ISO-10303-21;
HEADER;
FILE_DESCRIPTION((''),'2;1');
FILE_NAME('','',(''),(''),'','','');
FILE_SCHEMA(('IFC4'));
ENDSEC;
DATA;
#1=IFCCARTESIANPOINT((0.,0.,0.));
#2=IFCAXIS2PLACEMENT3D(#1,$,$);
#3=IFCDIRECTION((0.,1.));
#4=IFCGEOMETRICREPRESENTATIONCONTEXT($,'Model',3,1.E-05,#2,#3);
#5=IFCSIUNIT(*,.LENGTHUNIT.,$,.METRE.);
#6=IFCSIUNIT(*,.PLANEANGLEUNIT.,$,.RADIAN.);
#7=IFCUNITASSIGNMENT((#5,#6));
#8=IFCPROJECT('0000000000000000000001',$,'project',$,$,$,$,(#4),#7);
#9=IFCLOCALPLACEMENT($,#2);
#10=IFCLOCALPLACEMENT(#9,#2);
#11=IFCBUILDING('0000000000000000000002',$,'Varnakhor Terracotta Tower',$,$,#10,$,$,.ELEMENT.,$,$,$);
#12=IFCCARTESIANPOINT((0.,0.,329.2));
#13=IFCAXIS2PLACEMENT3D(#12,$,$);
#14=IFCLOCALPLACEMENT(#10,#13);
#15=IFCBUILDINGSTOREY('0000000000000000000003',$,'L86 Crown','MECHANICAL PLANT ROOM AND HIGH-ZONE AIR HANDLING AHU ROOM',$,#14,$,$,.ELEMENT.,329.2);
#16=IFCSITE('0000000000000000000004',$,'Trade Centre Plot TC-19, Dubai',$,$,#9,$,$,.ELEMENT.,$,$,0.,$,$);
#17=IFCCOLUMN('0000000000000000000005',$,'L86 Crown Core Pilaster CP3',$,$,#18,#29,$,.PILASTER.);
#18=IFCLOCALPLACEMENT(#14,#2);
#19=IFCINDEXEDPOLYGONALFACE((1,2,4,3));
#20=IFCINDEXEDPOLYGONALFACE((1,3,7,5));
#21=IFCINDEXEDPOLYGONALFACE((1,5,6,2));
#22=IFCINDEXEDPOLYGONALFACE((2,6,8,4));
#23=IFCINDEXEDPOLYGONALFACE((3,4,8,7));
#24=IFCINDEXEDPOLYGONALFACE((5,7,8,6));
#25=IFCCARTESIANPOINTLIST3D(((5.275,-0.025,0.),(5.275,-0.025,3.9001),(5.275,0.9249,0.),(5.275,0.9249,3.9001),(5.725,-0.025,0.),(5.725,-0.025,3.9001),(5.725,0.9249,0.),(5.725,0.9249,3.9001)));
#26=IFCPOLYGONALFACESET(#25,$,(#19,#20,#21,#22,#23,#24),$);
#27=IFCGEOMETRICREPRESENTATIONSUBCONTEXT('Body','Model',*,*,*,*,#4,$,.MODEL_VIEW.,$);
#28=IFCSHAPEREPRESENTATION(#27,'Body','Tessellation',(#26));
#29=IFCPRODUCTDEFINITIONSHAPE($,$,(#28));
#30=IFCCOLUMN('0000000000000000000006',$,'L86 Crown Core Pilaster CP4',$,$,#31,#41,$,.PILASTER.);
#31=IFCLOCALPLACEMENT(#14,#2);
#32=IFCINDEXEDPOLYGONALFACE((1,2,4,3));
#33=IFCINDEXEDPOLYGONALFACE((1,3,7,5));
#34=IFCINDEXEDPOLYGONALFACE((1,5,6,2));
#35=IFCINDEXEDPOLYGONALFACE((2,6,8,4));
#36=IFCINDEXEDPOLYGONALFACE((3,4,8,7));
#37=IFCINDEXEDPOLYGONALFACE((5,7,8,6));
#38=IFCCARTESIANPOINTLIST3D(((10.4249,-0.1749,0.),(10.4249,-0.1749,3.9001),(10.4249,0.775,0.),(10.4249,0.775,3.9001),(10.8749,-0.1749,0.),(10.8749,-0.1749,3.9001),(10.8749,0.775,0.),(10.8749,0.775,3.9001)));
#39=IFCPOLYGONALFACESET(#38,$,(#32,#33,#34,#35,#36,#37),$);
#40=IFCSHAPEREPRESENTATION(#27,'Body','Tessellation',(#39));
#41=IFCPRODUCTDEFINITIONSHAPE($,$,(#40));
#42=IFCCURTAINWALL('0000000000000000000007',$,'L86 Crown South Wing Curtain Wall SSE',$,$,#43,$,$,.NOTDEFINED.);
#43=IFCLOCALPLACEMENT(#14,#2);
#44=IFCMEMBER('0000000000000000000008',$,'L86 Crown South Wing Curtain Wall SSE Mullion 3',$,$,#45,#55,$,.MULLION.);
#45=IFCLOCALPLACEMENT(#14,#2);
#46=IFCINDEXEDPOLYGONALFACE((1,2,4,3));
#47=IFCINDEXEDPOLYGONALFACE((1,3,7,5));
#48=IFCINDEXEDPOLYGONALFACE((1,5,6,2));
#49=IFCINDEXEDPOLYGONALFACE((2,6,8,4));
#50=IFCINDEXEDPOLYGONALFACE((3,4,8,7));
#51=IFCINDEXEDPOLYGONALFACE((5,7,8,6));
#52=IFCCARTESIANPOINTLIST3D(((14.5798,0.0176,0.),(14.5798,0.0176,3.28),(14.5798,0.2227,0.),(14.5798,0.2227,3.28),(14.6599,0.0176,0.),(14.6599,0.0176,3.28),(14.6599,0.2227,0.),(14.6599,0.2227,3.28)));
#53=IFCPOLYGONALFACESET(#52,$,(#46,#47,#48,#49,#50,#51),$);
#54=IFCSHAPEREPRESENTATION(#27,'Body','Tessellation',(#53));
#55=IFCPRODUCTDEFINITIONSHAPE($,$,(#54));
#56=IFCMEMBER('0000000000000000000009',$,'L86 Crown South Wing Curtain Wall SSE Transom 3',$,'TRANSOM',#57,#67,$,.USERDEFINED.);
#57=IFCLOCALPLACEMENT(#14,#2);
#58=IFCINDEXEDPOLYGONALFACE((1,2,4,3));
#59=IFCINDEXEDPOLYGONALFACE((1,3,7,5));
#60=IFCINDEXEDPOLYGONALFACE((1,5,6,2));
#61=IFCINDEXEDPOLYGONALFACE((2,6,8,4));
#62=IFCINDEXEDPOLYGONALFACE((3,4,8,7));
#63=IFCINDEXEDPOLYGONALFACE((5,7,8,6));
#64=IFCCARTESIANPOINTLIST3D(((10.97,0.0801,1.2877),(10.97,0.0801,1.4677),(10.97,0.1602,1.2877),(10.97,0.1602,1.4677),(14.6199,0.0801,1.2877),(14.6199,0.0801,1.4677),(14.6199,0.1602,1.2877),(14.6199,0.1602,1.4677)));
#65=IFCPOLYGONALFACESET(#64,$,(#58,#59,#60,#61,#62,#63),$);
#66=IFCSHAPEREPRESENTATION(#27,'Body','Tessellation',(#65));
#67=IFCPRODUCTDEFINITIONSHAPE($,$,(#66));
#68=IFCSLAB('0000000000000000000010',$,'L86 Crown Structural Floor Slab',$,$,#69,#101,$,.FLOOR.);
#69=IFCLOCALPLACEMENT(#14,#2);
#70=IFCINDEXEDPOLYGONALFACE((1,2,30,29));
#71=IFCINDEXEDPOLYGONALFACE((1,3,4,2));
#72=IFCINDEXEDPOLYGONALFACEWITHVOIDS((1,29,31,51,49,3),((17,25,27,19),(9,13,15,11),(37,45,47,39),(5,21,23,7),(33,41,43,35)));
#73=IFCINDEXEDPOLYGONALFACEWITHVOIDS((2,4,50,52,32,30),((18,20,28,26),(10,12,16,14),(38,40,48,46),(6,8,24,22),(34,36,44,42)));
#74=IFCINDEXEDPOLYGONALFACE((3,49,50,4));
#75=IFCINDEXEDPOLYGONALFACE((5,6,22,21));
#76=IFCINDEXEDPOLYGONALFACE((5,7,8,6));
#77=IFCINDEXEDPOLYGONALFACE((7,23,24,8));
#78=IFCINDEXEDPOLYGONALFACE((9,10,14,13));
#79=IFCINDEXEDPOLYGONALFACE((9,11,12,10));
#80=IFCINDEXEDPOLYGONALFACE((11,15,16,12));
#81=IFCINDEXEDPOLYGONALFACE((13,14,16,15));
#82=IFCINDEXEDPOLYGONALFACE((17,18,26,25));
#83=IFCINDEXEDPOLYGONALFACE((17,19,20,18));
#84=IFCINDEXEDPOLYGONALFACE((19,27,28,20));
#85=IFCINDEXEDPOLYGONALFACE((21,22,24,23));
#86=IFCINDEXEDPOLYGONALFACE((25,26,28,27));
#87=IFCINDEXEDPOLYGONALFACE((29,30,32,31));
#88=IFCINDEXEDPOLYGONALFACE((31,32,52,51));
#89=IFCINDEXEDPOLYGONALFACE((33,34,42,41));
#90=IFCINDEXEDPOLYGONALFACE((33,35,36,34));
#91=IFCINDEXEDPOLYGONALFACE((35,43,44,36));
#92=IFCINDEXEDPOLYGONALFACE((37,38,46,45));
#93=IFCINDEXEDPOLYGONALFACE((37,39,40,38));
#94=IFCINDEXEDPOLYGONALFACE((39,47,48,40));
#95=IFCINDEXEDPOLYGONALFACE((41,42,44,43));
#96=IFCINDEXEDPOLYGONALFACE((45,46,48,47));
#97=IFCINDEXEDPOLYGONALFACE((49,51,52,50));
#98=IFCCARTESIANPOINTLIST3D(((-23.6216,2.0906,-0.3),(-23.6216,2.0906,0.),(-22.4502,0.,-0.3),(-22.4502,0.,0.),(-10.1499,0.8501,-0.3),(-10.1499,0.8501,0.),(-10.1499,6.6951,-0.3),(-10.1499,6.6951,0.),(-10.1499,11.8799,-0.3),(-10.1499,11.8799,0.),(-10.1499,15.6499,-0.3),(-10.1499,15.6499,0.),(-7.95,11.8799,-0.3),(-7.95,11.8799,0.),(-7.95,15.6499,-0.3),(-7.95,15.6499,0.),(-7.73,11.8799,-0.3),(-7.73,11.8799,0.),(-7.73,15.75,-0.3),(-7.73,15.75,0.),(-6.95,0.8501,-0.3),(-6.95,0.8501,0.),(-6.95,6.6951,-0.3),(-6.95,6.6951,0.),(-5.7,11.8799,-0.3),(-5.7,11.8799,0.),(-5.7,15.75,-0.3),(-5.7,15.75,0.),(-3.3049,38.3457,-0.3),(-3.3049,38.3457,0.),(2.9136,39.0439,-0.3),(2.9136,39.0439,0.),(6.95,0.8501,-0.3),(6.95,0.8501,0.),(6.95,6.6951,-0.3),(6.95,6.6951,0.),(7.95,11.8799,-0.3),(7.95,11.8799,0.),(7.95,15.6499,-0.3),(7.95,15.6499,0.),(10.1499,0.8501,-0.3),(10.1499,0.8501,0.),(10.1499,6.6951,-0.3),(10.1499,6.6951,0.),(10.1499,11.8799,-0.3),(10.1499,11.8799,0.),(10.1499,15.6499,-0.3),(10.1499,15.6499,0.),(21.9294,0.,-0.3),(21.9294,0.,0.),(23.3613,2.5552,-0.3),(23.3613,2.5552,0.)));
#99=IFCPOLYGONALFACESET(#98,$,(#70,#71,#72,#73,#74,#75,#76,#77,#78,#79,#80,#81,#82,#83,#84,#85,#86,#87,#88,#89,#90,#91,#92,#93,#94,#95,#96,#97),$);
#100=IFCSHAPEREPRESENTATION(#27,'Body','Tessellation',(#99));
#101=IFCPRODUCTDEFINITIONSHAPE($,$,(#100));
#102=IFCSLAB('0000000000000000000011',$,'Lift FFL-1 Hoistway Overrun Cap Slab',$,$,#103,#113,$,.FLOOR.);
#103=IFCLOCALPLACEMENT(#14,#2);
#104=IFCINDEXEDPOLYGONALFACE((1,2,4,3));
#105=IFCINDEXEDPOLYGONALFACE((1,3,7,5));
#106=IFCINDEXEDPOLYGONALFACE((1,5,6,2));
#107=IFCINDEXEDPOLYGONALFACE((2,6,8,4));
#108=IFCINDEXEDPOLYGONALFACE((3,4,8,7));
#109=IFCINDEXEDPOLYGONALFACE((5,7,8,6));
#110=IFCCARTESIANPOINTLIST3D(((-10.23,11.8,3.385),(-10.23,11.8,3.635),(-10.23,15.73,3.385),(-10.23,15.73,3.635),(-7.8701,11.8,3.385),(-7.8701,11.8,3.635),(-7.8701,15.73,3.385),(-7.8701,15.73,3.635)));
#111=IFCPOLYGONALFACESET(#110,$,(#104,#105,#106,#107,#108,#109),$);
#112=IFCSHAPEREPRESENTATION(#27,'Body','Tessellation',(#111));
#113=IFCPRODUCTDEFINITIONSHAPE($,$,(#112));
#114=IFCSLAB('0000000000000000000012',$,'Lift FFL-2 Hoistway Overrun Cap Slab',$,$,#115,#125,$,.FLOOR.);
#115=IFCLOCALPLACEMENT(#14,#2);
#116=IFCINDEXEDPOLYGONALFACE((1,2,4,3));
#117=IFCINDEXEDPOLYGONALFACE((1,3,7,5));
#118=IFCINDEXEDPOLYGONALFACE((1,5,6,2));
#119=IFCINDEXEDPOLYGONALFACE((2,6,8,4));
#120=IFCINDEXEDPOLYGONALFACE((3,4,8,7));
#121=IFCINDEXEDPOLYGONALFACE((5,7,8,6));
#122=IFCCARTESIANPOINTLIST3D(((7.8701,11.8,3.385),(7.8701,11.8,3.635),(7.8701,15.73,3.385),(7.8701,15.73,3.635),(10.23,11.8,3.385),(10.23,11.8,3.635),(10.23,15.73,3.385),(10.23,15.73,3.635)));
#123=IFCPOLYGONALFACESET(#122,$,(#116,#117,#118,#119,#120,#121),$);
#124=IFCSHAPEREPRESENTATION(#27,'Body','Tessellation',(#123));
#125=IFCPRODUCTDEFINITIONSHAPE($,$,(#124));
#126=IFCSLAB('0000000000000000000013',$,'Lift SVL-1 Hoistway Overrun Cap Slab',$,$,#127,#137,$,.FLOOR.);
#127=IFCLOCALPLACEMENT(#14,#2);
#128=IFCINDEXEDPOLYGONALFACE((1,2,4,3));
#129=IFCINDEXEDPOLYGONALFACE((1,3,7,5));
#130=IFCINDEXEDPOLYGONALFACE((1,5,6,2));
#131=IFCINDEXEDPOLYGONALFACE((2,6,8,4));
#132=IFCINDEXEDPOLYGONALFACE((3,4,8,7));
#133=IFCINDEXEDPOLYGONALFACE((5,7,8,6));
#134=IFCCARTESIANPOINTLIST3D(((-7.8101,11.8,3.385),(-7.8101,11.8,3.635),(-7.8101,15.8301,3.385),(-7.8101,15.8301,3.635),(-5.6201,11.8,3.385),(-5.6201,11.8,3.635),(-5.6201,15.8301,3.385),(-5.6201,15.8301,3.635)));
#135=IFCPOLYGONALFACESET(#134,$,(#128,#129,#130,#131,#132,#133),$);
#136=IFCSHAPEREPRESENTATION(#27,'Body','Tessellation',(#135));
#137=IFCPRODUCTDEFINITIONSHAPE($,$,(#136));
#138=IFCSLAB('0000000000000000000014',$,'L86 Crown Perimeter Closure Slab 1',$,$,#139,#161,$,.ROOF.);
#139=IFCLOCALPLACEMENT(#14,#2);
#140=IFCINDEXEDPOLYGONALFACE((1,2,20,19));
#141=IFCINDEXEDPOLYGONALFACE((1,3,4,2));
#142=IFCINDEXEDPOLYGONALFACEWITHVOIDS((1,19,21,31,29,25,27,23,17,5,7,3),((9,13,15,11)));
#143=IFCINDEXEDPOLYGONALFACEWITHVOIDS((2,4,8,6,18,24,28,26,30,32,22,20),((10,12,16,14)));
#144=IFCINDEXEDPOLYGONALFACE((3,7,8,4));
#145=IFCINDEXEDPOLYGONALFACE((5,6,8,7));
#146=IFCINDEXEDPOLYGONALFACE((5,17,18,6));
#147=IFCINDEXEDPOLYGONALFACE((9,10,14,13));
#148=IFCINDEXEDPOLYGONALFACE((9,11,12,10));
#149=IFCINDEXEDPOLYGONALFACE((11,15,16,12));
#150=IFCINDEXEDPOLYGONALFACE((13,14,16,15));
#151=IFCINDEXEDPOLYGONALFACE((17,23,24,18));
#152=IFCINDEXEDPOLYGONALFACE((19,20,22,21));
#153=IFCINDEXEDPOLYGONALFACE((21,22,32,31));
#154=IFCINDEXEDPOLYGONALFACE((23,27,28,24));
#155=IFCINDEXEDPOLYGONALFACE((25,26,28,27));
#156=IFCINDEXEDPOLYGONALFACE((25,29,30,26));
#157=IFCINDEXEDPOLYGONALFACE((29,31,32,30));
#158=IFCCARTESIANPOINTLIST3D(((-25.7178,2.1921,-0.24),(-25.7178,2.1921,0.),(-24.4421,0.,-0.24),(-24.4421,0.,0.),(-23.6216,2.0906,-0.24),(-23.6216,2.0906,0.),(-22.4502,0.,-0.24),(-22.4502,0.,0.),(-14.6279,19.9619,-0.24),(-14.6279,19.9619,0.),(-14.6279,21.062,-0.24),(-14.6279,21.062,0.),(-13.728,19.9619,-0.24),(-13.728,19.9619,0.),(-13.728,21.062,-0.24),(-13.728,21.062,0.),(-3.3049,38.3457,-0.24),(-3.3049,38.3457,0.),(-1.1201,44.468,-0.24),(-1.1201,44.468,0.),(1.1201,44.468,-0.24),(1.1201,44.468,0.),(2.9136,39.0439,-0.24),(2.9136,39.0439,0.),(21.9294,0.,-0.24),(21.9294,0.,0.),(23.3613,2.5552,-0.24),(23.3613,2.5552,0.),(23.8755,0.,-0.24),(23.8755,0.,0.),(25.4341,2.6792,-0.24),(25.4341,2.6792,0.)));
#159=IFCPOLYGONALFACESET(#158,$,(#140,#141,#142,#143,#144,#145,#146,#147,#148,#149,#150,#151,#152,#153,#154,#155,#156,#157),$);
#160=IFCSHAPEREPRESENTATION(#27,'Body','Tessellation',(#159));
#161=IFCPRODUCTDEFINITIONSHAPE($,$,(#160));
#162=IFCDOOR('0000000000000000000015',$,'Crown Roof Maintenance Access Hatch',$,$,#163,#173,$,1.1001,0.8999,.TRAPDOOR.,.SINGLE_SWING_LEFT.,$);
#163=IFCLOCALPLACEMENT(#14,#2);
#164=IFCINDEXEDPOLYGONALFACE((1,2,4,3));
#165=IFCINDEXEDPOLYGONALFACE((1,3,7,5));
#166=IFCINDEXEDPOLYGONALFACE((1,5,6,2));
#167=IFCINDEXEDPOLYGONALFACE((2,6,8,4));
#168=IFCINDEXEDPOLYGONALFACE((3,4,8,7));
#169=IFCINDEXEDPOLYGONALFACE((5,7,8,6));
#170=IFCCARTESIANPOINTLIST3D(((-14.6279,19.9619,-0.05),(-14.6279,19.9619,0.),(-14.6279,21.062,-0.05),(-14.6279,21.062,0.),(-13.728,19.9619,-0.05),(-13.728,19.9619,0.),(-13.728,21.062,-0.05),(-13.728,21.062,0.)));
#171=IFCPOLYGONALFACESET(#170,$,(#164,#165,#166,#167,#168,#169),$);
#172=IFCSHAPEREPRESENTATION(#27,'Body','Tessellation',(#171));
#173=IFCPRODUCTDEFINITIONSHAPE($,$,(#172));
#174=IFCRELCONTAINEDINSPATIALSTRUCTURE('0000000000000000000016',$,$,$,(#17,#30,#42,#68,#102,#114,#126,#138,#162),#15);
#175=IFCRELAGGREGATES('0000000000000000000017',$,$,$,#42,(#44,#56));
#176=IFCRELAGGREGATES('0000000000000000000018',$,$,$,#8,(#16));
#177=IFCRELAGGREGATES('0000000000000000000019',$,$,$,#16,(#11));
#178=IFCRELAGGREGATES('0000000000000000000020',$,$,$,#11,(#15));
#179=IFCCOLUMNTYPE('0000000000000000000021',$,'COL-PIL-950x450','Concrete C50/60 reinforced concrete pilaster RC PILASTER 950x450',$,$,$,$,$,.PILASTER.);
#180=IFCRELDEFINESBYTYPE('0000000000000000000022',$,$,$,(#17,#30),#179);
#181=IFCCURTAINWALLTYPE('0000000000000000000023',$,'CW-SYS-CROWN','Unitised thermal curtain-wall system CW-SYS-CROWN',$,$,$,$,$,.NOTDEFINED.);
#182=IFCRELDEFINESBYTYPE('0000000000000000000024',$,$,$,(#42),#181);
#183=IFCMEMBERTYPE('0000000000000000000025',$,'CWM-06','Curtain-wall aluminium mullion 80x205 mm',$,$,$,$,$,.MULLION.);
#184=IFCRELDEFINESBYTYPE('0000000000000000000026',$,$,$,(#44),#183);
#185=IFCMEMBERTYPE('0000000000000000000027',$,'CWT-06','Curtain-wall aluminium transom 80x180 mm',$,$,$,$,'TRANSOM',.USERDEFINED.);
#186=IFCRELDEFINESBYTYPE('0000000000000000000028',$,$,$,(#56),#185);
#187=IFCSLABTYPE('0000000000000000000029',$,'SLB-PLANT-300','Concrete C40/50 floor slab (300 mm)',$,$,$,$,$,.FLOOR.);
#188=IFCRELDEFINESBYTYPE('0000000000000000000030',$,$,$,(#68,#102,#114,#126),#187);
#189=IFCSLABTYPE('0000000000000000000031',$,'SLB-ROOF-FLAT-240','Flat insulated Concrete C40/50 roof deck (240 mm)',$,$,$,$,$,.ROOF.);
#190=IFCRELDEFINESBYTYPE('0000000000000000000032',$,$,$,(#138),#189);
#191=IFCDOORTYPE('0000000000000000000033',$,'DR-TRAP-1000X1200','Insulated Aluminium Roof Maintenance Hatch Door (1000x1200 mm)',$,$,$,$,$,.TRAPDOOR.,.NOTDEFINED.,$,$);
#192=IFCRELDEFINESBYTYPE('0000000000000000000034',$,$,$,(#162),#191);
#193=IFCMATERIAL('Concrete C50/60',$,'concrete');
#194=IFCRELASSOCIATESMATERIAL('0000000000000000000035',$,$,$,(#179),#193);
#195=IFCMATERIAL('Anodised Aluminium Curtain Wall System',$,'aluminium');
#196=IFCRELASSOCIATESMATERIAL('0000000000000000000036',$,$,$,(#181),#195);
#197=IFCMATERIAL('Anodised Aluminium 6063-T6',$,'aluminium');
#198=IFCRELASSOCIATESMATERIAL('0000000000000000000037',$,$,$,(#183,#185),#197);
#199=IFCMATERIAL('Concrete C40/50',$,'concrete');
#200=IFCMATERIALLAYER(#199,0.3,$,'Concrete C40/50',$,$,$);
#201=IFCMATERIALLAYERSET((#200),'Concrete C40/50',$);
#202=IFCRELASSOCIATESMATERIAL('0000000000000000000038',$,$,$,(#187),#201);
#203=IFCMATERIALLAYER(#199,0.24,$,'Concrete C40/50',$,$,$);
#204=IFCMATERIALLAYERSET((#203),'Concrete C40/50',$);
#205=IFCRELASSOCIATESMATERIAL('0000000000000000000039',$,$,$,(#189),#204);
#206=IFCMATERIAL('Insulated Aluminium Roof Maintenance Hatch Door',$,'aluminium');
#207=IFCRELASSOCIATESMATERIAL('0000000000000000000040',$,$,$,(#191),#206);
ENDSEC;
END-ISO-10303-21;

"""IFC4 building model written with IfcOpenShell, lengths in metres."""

from ifc_helpers import new_model, si_unit, direction, frame, origin, origin_2d, place, context, subcontext, project, spatial, polyline, rectangle, outline, extrude, source, transform, mapped, material, layer, layer_set, material_profile, profile_set, type_object, element, fill, aggregate, save


model = new_model("IFC4")

# Units and contexts
model_context = context("Model", 3, precision=1e-05, world=origin(), true_north=direction((0.0, 1.0)))
body_context = subcontext(model_context, "Body", "Model", "MODEL_VIEW")
ifc_project = project(units=[si_unit("LENGTHUNIT", "METRE"), si_unit("PLANEANGLEUNIT", "RADIAN")], contexts=[model_context])

# Site, building, storey
site_placement = place(None, origin())
site = spatial("IfcSite", under=ifc_project, at=site_placement, Name="Trade Centre Plot TC-19, Dubai", CompositionType="ELEMENT", RefElevation=0.0)
building_placement = place(site_placement, origin())
building = spatial("IfcBuilding", under=site, at=building_placement, Name="Varnakhor Terracotta Tower", CompositionType="ELEMENT")
storey_placement = place(building_placement, frame((0.0, 0.0, 329.2)))
storey = spatial("IfcBuildingStorey", under=building, at=storey_placement, Name="L86 Crown", Description="MECHANICAL PLANT ROOM AND HIGH-ZONE AIR HANDLING AHU ROOM", CompositionType="ELEMENT", Elevation=329.2)

# Columns
ifc_material_1 = material(Name="Concrete C50/60", Category="concrete")
ifc_material_profile_1 = material_profile(ifc_material_1, rectangle(XDim=0.45, YDim=0.95, at=origin_2d()), Name="RC PILASTER 950x450")
ifc_profile_set_1 = profile_set([ifc_material_profile_1], Name="Concrete C50/60")
column_type = type_object("IfcColumnType", Name="COL-PIL-950x450", Description="Concrete C50/60 reinforced concrete pilaster RC PILASTER 950x450", PredefinedType="PILASTER", material=ifc_profile_set_1)
shared_shape_1 = source(origin(), body_context, "Body", "SweptSolid", [
    extrude(rectangle(XDim=0.45, YDim=0.95, at=origin_2d()), origin(), (0.0, 0.0, 1.0), 3.9001),
])
for number, where, z_axis, x_axis, name in (
    (1, (5.5, 0.45, 0.0), (0.0, 0.0, 1.0), (1.0, 0.0, 0.0), "L86 Crown Core Pilaster CP3"),
    (2, (10.6499, 0.3, 0.0), (0.0, 0.0, 1.0), (1.0, 0.0, 0.0), "L86 Crown Core Pilaster CP4"),
):
    element("IfcColumn", number, at=place(storey_placement, frame(where, z_axis=z_axis, x_axis=x_axis)), inside=storey, type_object=column_type, Name=name, PredefinedType="PILASTER", context=body_context, shape_type="MappedRepresentation", body=[
        mapped(shared_shape_1, transform((0.0, 0.0, 0.0), scale=1.0)),
    ])

# Curtain wall, members
ifc_material_2 = material(Name="Anodised Aluminium Curtain Wall System", Category="aluminium")
curtain_wall_type = type_object("IfcCurtainWallType", Name="CW-SYS-CROWN", Description="Unitised thermal curtain-wall system CW-SYS-CROWN", PredefinedType="NOTDEFINED", material=ifc_material_2)
curtain_wall_placement = place(storey_placement, origin())
curtain_wall = element("IfcCurtainWall", 3, at=curtain_wall_placement, inside=storey, type_object=curtain_wall_type, Name="L86 Crown South Wing Curtain Wall SSE", PredefinedType="NOTDEFINED")
ifc_material_3 = material(Name="Anodised Aluminium 6063-T6", Category="aluminium")
ifc_material_profile_2 = material_profile(ifc_material_3, rectangle(XDim=0.0801, YDim=0.2051, at=origin_2d()), Name="ALU MULLION 80x205")
ifc_profile_set_2 = profile_set([ifc_material_profile_2], Name="Anodised Aluminium 6063-T6")
member_type_1 = type_object("IfcMemberType", Name="CWM-06", Description="Curtain-wall aluminium mullion 80x205 mm", PredefinedType="MULLION", material=ifc_profile_set_2)
shared_shape_2 = source(origin(), body_context, "Body", "SweptSolid", [
    extrude(rectangle(XDim=0.0801, YDim=0.2051, at=origin_2d()), origin(), (0.0, 0.0, 1.0), 3.28),
])
member_1_placement = place(storey_placement, frame((14.6199, 0.1201, 0.0), z_axis=(0.0, 0.0, 1.0), x_axis=(1.0, 0.0, 0.0)))
member_1 = element("IfcMember", 4, at=member_1_placement, type_object=member_type_1, Name="L86 Crown South Wing Curtain Wall SSE Mullion 3", PredefinedType="MULLION", context=body_context, shape_type="MappedRepresentation", body=[
    mapped(shared_shape_2, transform((0.0, 0.0, 0.0), scale=1.0)),
])
ifc_material_profile_3 = material_profile(ifc_material_3, rectangle(XDim=0.0801, YDim=0.1799, at=origin_2d()), Name="ALU TRANSOM 80x180")
ifc_profile_set_3 = profile_set([ifc_material_profile_3], Name="Anodised Aluminium 6063-T6")
member_type_2 = type_object("IfcMemberType", Name="CWT-06", Description="Curtain-wall aluminium transom 80x180 mm", ElementType="TRANSOM", PredefinedType="USERDEFINED", material=ifc_profile_set_3)
shared_shape_3 = source(origin(), body_context, "Body", "SweptSolid", [
    extrude(rectangle(XDim=0.0801, YDim=0.1799, at=origin_2d()), origin(), (0.0, 0.0, 1.0), 3.6499),
])
member_2_placement = place(storey_placement, frame((14.6199, 0.1201, 1.3777), z_axis=(-1.0, 0.0, 0.0), x_axis=(0.0, -1.0, 0.0)))
member_2 = element("IfcMember", 5, at=member_2_placement, type_object=member_type_2, Name="L86 Crown South Wing Curtain Wall SSE Transom 3", ObjectType="TRANSOM", PredefinedType="USERDEFINED", context=body_context, shape_type="MappedRepresentation", body=[
    mapped(shared_shape_3, transform((0.0, 0.0, 0.0), scale=1.0)),
])

# Slabs
ifc_material_4 = material(Name="Concrete C40/50", Category="concrete")
ifc_layer_1 = layer(ifc_material_4, 0.3, Name="Concrete C40/50")
ifc_layer_set_1 = layer_set([ifc_layer_1], Name="Concrete C40/50")
slab_type_1 = type_object("IfcSlabType", Name="SLB-PLANT-300", Description="Concrete C40/50 floor slab (300 mm)", PredefinedType="FLOOR", material=ifc_layer_set_1)
slab_1_placement = place(storey_placement, frame((0.0, 0.0, -0.3)))
element("IfcSlab", 6, at=slab_1_placement, inside=storey, type_object=slab_type_1, Name="L86 Crown Structural Floor Slab", PredefinedType="FLOOR", context=body_context, shape_type="SweptSolid", body=[
    extrude(outline(polyline([(21.9294, 0.0), (-22.4502, 0.0), (-23.6216, 2.0906), (-3.3049, 38.3457), (2.9136, 39.0439), (23.3613, 2.5552), (21.9294, 0.0)]), holes=[polyline([(-6.95, 6.6951), (-10.1499, 6.6951), (-10.1499, 0.8501), (-6.95, 0.8501), (-6.95, 6.6951)]), polyline([(10.1499, 6.6951), (6.95, 6.6951), (6.95, 0.8501), (10.1499, 0.8501), (10.1499, 6.6951)]), polyline([(-7.95, 15.6499), (-10.1499, 15.6499), (-10.1499, 11.8799), (-7.95, 11.8799), (-7.95, 15.6499)]), polyline([(10.1499, 11.8799), (10.1499, 15.6499), (7.95, 15.6499), (7.95, 11.8799), (10.1499, 11.8799)]), polyline([(-5.7, 11.8799), (-5.7, 15.75), (-7.73, 15.75), (-7.73, 11.8799), (-5.7, 11.8799)])]), origin(), (0.0, 0.0, 1.0), 0.3),
])
slab_2_placement = place(storey_placement, frame((0.0, 0.0, 3.385)))
element("IfcSlab", 7, at=slab_2_placement, inside=storey, type_object=slab_type_1, Name="Lift FFL-1 Hoistway Overrun Cap Slab", PredefinedType="FLOOR", context=body_context, shape_type="SweptSolid", body=[
    extrude(outline(polyline([(-10.23, 11.8), (-7.8701, 11.8), (-7.8701, 15.73), (-10.23, 15.73), (-10.23, 11.8)])), origin(), (0.0, 0.0, 1.0), 0.25),
])
slab_3_placement = place(storey_placement, frame((0.0, 0.0, 3.385)))
element("IfcSlab", 8, at=slab_3_placement, inside=storey, type_object=slab_type_1, Name="Lift FFL-2 Hoistway Overrun Cap Slab", PredefinedType="FLOOR", context=body_context, shape_type="SweptSolid", body=[
    extrude(outline(polyline([(7.8701, 11.8), (10.23, 11.8), (10.23, 15.73), (7.8701, 15.73), (7.8701, 11.8)])), origin(), (0.0, 0.0, 1.0), 0.25),
])
slab_4_placement = place(storey_placement, frame((0.0, 0.0, 3.385)))
element("IfcSlab", 9, at=slab_4_placement, inside=storey, type_object=slab_type_1, Name="Lift SVL-1 Hoistway Overrun Cap Slab", PredefinedType="FLOOR", context=body_context, shape_type="SweptSolid", body=[
    extrude(outline(polyline([(-7.8101, 11.8), (-5.6201, 11.8), (-5.6201, 15.8301), (-7.8101, 15.8301), (-7.8101, 11.8)])), origin(), (0.0, 0.0, 1.0), 0.25),
])

# Slab, opening, door
ifc_layer_2 = layer(ifc_material_4, 0.24, Name="Concrete C40/50")
ifc_layer_set_2 = layer_set([ifc_layer_2], Name="Concrete C40/50")
slab_type_2 = type_object("IfcSlabType", Name="SLB-ROOF-FLAT-240", Description="Flat insulated Concrete C40/50 roof deck (240 mm)", PredefinedType="ROOF", material=ifc_layer_set_2)
slab_5_placement = place(storey_placement, frame((0.0, 0.0, -0.24)))
slab_5 = element("IfcSlab", 10, at=slab_5_placement, inside=storey, type_object=slab_type_2, Name="L86 Crown Perimeter Closure Slab 1", PredefinedType="ROOF", context=body_context, shape_type="SweptSolid", body=[
    extrude(outline(polyline([(-24.4421, 0.0), (-25.7178, 2.1921), (-1.1201, 44.468), (1.1201, 44.468), (25.4341, 2.6792), (23.8755, 0.0), (21.9294, 0.0), (23.3613, 2.5552), (2.9136, 39.0439), (-3.3049, 38.3457), (-23.6216, 2.0906), (-22.4502, 0.0), (-24.4421, 0.0)])), origin(), (0.0, 0.0, 1.0), 0.24),
])
opening_1_placement = place(slab_5_placement, frame((-14.178, 20.512, -0.01)))
opening_1 = element("IfcOpeningElement", 11, at=opening_1_placement, cuts=slab_5, PredefinedType="OPENING", context=body_context, shape_type="SweptSolid", body=[
    extrude(rectangle(XDim=0.8999, YDim=1.1001, at=origin_2d()), origin(), (0.0, 0.0, 1.0), 0.26),
])
ifc_material_5 = material(Name="Insulated Aluminium Roof Maintenance Hatch Door", Category="aluminium")
door_type_1 = type_object("IfcDoorType", Name="DR-TRAP-1000X1200", Description="Insulated Aluminium Roof Maintenance Hatch Door (1000x1200 mm)", OperationType="NOTDEFINED", PredefinedType="TRAPDOOR", material=ifc_material_5)
door_1_placement = place(slab_5_placement, frame((-14.178, 20.512, 0.1899)))
door_1 = element("IfcDoor", 12, at=door_1_placement, inside=storey, type_object=door_type_1, Name="Crown Roof Maintenance Access Hatch", OperationType="SINGLE_SWING_LEFT", OverallHeight=1.1001, OverallWidth=0.8999, PredefinedType="TRAPDOOR", context=body_context, shape_type="SweptSolid", body=[
    extrude(rectangle(XDim=0.8999, YDim=1.1001, at=origin_2d()), origin(), (0.0, 0.0, 1.0), 0.05),
])
fill(opening_1, door_1)

aggregate(curtain_wall, [member_1, member_2])

save(model, "model.ifc")
